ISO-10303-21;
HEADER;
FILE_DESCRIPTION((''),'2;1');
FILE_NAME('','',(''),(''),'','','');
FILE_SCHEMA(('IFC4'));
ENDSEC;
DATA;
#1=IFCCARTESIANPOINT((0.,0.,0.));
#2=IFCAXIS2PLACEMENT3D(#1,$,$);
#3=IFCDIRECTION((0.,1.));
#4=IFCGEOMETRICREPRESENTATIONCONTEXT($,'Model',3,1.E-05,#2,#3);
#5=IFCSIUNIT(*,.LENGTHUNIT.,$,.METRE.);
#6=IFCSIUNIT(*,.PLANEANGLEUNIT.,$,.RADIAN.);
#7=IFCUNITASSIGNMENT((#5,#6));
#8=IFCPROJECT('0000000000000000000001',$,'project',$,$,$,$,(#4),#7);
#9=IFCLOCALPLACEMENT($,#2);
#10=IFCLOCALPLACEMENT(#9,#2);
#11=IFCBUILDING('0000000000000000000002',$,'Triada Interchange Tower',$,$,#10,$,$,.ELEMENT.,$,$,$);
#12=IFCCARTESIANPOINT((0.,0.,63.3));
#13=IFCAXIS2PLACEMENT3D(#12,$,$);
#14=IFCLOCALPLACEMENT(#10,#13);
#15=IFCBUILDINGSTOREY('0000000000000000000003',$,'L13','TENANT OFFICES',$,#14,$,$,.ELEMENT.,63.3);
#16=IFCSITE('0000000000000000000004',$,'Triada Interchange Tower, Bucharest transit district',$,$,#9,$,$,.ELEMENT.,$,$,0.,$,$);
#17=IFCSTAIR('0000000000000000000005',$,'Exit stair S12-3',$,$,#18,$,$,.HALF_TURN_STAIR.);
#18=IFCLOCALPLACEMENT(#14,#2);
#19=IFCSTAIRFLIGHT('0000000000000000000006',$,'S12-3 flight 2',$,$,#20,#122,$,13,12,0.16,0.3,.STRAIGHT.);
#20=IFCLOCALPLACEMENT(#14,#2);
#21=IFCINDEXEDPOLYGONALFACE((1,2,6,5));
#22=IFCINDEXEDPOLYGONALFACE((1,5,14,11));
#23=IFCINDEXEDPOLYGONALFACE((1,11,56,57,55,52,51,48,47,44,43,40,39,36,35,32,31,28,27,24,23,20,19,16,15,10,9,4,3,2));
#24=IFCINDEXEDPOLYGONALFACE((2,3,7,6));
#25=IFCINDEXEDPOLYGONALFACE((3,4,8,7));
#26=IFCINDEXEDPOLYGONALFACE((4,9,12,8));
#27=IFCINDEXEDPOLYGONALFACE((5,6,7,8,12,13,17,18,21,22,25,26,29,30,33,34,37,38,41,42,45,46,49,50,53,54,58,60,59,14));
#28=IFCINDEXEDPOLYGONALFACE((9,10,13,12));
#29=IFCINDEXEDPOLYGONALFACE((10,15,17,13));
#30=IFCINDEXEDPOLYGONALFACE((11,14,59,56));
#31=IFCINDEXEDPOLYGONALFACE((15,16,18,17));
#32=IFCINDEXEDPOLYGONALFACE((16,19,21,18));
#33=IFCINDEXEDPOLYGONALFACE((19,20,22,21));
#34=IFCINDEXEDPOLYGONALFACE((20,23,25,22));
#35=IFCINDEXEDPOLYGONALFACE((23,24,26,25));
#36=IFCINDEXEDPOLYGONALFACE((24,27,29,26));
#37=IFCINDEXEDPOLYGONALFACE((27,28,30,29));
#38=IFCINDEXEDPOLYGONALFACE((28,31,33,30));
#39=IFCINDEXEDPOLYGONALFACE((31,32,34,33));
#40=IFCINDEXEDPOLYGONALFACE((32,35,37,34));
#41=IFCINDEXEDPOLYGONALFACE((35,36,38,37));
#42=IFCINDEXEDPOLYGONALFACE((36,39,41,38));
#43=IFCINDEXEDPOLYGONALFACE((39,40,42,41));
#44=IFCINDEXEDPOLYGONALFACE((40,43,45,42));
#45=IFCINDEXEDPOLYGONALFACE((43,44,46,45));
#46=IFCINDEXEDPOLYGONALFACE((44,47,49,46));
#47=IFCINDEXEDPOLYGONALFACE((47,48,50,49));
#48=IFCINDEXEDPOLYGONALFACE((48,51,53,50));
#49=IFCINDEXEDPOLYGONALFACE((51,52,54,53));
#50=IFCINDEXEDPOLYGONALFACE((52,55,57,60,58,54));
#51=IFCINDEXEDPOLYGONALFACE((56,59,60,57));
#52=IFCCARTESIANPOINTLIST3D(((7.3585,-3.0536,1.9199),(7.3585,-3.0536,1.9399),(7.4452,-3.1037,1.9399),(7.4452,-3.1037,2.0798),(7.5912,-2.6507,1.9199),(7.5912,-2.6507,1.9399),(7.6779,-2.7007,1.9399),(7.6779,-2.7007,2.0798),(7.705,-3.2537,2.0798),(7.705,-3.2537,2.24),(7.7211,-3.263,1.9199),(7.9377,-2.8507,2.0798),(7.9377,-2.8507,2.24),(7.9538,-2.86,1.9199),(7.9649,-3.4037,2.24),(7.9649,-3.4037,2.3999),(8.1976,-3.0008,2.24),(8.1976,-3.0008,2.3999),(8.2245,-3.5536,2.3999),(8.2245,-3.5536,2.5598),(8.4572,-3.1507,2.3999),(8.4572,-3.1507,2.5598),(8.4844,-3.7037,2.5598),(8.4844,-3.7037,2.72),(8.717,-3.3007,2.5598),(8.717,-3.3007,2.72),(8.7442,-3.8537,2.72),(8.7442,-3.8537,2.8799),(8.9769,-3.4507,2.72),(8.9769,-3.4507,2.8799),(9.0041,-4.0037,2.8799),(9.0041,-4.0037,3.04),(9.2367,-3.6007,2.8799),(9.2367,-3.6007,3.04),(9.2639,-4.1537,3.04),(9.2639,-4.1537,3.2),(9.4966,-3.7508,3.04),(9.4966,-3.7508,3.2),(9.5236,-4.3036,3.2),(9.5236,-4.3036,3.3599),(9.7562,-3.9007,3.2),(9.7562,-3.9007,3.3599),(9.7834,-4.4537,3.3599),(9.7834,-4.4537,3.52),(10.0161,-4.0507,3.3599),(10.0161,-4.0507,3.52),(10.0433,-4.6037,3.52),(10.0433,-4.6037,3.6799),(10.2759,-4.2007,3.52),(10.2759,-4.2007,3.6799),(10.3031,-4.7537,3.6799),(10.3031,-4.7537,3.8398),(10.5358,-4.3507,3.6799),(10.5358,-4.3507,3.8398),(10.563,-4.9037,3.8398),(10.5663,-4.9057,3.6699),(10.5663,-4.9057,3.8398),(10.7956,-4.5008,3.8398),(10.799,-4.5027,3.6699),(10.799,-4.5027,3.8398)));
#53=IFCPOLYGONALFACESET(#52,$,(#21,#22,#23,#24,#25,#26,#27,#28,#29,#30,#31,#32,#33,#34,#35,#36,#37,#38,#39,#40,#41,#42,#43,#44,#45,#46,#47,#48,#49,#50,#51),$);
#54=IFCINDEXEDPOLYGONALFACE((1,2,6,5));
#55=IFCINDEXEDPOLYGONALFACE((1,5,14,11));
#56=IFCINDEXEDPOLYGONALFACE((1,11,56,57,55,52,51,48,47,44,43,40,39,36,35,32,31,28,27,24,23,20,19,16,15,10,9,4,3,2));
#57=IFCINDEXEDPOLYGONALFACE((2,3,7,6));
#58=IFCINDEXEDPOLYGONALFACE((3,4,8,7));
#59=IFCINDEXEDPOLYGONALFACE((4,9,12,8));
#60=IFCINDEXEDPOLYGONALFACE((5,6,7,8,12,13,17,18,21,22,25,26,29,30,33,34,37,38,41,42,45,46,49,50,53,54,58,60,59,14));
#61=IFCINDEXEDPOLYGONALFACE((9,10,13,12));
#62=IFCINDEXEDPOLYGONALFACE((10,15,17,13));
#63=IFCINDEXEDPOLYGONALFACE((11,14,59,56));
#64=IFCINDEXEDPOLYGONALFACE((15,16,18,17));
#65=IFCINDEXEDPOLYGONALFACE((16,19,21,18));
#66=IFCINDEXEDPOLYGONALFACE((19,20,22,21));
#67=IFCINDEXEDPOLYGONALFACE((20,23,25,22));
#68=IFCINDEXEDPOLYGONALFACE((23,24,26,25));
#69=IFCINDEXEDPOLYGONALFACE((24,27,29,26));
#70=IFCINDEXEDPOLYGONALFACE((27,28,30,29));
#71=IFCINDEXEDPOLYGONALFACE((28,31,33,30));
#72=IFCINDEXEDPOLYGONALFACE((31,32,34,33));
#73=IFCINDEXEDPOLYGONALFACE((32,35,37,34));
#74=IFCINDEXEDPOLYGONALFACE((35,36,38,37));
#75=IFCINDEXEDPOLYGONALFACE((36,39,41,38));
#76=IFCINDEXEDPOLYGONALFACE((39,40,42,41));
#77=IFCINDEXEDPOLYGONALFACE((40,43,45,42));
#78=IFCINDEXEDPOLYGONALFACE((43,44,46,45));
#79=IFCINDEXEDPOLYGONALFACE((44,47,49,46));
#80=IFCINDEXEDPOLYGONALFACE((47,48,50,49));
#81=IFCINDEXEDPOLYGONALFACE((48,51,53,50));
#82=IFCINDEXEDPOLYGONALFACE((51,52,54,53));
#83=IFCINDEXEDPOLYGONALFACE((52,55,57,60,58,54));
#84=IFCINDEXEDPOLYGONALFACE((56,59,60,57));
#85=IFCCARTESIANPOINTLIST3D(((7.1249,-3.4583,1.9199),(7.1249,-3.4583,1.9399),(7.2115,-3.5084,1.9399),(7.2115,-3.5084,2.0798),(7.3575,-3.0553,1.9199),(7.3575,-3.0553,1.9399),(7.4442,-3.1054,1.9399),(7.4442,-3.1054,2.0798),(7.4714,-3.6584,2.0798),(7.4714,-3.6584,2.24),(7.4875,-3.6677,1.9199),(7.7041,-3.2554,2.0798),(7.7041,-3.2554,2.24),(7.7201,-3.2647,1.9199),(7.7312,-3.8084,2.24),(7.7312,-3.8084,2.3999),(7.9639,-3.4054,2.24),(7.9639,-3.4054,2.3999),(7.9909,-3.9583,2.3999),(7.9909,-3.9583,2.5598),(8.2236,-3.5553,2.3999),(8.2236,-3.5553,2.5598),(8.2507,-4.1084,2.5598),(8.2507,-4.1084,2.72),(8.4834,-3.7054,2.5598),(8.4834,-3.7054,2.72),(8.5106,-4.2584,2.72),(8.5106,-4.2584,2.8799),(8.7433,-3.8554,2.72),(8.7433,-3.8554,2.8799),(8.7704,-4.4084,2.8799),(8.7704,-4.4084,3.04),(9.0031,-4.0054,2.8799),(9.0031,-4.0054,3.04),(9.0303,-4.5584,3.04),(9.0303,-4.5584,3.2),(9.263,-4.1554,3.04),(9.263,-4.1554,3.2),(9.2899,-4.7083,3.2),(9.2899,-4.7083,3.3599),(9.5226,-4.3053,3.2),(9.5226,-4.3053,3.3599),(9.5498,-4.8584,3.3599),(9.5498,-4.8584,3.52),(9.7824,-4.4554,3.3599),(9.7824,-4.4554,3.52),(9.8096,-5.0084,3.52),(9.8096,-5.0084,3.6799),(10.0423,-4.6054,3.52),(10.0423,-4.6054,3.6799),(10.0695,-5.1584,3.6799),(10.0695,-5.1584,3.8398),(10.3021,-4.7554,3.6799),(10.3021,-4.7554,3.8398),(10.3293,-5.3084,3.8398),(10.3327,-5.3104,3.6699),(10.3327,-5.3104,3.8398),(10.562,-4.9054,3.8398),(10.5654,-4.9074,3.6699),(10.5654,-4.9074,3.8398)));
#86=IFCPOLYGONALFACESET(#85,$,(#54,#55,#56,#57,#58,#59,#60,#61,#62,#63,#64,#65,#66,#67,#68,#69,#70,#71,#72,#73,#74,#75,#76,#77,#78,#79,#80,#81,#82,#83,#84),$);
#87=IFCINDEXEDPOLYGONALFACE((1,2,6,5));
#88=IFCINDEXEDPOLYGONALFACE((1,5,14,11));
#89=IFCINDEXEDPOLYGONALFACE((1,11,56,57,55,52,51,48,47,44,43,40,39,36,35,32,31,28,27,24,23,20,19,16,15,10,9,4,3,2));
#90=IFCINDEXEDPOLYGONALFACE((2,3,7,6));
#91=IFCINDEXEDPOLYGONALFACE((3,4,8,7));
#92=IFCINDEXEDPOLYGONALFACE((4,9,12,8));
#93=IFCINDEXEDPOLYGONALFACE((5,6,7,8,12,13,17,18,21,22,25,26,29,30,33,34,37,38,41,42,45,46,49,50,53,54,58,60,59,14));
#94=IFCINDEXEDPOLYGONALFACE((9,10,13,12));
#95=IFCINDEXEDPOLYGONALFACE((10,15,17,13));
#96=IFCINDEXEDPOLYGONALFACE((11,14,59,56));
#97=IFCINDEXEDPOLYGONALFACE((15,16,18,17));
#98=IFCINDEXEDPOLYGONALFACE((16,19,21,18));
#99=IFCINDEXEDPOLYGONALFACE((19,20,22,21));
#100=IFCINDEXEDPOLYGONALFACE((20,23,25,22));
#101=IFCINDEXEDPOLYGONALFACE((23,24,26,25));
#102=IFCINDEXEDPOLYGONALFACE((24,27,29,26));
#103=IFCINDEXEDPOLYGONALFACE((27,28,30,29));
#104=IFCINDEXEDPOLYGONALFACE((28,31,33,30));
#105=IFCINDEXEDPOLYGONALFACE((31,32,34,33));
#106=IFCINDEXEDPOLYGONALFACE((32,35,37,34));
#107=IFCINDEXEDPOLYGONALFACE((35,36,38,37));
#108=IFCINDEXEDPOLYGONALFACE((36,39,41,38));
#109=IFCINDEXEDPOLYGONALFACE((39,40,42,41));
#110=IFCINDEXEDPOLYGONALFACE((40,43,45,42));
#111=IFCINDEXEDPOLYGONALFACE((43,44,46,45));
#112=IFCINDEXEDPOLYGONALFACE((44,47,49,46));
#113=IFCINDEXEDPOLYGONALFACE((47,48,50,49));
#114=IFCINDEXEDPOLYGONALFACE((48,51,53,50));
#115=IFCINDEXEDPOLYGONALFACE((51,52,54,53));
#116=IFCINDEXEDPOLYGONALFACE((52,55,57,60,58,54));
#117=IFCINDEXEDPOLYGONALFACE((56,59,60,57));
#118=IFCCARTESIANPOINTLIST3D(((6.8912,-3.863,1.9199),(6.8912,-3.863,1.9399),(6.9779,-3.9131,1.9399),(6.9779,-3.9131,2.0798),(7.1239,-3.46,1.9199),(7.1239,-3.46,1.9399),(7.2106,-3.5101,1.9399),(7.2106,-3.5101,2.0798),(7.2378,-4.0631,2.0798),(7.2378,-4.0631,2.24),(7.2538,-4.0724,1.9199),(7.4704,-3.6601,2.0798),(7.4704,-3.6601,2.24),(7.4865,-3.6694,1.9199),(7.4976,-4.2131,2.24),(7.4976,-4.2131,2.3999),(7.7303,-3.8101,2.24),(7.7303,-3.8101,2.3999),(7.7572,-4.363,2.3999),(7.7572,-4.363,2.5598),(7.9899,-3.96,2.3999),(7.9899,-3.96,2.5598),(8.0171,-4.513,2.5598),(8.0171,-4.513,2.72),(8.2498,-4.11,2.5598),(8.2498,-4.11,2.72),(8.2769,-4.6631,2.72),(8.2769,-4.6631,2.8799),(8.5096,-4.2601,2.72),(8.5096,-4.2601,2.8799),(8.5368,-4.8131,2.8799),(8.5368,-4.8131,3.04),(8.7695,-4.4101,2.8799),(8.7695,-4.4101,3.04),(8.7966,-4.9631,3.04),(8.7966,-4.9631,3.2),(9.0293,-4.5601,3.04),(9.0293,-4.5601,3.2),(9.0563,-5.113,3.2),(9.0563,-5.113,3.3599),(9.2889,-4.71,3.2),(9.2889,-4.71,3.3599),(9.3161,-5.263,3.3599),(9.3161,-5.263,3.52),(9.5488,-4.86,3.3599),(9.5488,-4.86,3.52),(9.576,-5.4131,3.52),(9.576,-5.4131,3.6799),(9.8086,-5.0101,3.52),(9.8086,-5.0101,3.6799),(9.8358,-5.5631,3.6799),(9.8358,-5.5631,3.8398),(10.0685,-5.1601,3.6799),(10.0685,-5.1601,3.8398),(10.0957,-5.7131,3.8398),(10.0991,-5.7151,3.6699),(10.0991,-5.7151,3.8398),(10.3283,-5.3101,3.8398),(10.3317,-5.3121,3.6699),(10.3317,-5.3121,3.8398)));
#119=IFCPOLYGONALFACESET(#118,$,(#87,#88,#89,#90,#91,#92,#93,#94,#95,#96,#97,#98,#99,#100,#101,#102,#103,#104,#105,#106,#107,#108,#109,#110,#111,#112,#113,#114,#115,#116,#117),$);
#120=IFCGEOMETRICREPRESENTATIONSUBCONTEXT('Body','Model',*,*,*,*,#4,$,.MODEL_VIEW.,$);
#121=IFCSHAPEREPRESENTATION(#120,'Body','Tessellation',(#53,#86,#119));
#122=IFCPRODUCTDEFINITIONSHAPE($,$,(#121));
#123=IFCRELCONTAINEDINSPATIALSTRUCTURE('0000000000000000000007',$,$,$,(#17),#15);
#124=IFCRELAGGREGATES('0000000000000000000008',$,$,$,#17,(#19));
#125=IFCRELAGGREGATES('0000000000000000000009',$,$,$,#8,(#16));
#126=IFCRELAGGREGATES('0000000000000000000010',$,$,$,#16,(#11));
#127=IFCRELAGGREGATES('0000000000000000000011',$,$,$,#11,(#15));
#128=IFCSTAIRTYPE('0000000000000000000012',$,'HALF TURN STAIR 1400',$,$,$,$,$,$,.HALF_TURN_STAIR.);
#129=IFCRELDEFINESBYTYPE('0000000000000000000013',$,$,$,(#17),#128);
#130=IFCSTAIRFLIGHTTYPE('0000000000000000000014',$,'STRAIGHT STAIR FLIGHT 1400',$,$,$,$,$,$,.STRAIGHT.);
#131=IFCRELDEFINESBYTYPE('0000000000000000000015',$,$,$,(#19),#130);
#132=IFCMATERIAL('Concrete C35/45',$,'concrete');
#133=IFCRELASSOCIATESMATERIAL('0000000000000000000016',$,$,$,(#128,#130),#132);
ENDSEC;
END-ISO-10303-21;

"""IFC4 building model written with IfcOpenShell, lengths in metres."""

from ifc_helpers import new_model, si_unit, direction, frame, origin, place, context, subcontext, project, spatial, polyline, outline, extrude, material, type_object, element, aggregate, save


model = new_model("IFC4")

# Units and contexts
model_context = context("Model", 3, precision=1e-05, world=origin(), true_north=direction((0.0, 1.0)))
body_context = subcontext(model_context, "Body", "Model", "MODEL_VIEW")
ifc_project = project(units=[si_unit("LENGTHUNIT", "METRE"), si_unit("PLANEANGLEUNIT", "RADIAN")], contexts=[model_context])

# Site, building, storey
site_placement = place(None, origin())
site = spatial("IfcSite", under=ifc_project, at=site_placement, Name="Triada Interchange Tower, Bucharest transit district", CompositionType="ELEMENT", RefElevation=0.0)
building_placement = place(site_placement, origin())
building = spatial("IfcBuilding", under=site, at=building_placement, Name="Triada Interchange Tower", CompositionType="ELEMENT")
storey_placement = place(building_placement, frame((0.0, 0.0, 63.3)))
storey = spatial("IfcBuildingStorey", under=building, at=storey_placement, Name="L13", Description="TENANT OFFICES", CompositionType="ELEMENT", Elevation=63.3)

# Stair, stair flight
ifc_material_1 = material(Name="Concrete C35/45", Category="concrete")
stair_type = type_object("IfcStairType", Name="HALF TURN STAIR 1400", PredefinedType="HALF_TURN_STAIR", material=ifc_material_1)
stair_placement = place(storey_placement, origin())
stair = element("IfcStair", 1, at=stair_placement, inside=storey, type_object=stair_type, Name="Exit stair S12-3", PredefinedType="HALF_TURN_STAIR")
stair_flight_type = type_object("IfcStairFlightType", Name="STRAIGHT STAIR FLIGHT 1400", PredefinedType="STRAIGHT", material=ifc_material_1)
stair_flight_1_placement = place(storey_placement, frame((7.3279, -3.3069, 1.9199), z_axis=(0.0, 0.0, 1.0), x_axis=(0.866025, -0.5, 0.0)))
stair_flight_1 = element("IfcStairFlight", 2, at=stair_flight_1_placement, type_object=stair_flight_type, Name="S12-3 flight 2", NumberOfRisers=13, NumberOfTreads=12, PredefinedType="STRAIGHT", RiserHeight=0.16, TreadLength=0.3, context=body_context, shape_type="SweptSolid", body=[
    extrude(outline(polyline([(-0.1001, 0.0), (-0.1001, 0.02), (0.0, 0.02), (0.0, 0.1599), (0.3, 0.1599), (0.3, 0.3201), (0.6001, 0.3201), (0.6001, 0.48), (0.8999, 0.48), (0.8999, 0.6399), (1.2, 0.6399), (1.2, 0.8), (1.5, 0.8), (1.5, 0.96), (1.8, 0.96), (1.8, 1.1201), (2.1001, 1.1201), (2.1001, 1.28), (2.3999, 1.28), (2.3999, 1.4399), (2.7, 1.4399), (2.7, 1.6001), (3.0, 1.6001), (3.0, 1.76), (3.3, 1.76), (3.3, 1.9199), (3.6001, 1.9199), (3.604, 1.9199), (3.604, 2.0801), (3.604, 1.75), (0.3186, 0.0), (-0.1001, 0.0)])), frame((0.0, 0.7, 0.0), z_axis=(0.0, -1.0, 0.0), x_axis=(1.0, 0.0, 0.0)), (0.0, 0.0, 1.0), 0.4653),
    extrude(outline(polyline([(-0.1001, 0.0), (-0.1001, 0.02), (0.0, 0.02), (0.0, 0.1599), (0.3, 0.1599), (0.3, 0.3201), (0.6001, 0.3201), (0.6001, 0.48), (0.8999, 0.48), (0.8999, 0.6399), (1.2, 0.6399), (1.2, 0.8), (1.5, 0.8), (1.5, 0.96), (1.8, 0.96), (1.8, 1.1201), (2.1001, 1.1201), (2.1001, 1.28), (2.3999, 1.28), (2.3999, 1.4399), (2.7, 1.4399), (2.7, 1.6001), (3.0, 1.6001), (3.0, 1.76), (3.3, 1.76), (3.3, 1.9199), (3.6001, 1.9199), (3.604, 1.9199), (3.604, 2.0801), (3.604, 1.75), (0.3186, 0.0), (-0.1001, 0.0)])), frame((0.0, 0.2327, 0.0), z_axis=(0.0, -1.0, 0.0), x_axis=(1.0, 0.0, 0.0)), (0.0, 0.0, 1.0), 0.4653),
    extrude(outline(polyline([(-0.1001, 0.0), (-0.1001, 0.02), (0.0, 0.02), (0.0, 0.1599), (0.3, 0.1599), (0.3, 0.3201), (0.6001, 0.3201), (0.6001, 0.48), (0.8999, 0.48), (0.8999, 0.6399), (1.2, 0.6399), (1.2, 0.8), (1.5, 0.8), (1.5, 0.96), (1.8, 0.96), (1.8, 1.1201), (2.1001, 1.1201), (2.1001, 1.28), (2.3999, 1.28), (2.3999, 1.4399), (2.7, 1.4399), (2.7, 1.6001), (3.0, 1.6001), (3.0, 1.76), (3.3, 1.76), (3.3, 1.9199), (3.6001, 1.9199), (3.604, 1.9199), (3.604, 2.0801), (3.604, 1.75), (0.3186, 0.0), (-0.1001, 0.0)])), frame((0.0, -0.2346, 0.0), z_axis=(0.0, -1.0, 0.0), x_axis=(1.0, 0.0, 0.0)), (0.0, 0.0, 1.0), 0.4653),
])
aggregate(stair, [stair_flight_1])

save(model, "model.ifc")
